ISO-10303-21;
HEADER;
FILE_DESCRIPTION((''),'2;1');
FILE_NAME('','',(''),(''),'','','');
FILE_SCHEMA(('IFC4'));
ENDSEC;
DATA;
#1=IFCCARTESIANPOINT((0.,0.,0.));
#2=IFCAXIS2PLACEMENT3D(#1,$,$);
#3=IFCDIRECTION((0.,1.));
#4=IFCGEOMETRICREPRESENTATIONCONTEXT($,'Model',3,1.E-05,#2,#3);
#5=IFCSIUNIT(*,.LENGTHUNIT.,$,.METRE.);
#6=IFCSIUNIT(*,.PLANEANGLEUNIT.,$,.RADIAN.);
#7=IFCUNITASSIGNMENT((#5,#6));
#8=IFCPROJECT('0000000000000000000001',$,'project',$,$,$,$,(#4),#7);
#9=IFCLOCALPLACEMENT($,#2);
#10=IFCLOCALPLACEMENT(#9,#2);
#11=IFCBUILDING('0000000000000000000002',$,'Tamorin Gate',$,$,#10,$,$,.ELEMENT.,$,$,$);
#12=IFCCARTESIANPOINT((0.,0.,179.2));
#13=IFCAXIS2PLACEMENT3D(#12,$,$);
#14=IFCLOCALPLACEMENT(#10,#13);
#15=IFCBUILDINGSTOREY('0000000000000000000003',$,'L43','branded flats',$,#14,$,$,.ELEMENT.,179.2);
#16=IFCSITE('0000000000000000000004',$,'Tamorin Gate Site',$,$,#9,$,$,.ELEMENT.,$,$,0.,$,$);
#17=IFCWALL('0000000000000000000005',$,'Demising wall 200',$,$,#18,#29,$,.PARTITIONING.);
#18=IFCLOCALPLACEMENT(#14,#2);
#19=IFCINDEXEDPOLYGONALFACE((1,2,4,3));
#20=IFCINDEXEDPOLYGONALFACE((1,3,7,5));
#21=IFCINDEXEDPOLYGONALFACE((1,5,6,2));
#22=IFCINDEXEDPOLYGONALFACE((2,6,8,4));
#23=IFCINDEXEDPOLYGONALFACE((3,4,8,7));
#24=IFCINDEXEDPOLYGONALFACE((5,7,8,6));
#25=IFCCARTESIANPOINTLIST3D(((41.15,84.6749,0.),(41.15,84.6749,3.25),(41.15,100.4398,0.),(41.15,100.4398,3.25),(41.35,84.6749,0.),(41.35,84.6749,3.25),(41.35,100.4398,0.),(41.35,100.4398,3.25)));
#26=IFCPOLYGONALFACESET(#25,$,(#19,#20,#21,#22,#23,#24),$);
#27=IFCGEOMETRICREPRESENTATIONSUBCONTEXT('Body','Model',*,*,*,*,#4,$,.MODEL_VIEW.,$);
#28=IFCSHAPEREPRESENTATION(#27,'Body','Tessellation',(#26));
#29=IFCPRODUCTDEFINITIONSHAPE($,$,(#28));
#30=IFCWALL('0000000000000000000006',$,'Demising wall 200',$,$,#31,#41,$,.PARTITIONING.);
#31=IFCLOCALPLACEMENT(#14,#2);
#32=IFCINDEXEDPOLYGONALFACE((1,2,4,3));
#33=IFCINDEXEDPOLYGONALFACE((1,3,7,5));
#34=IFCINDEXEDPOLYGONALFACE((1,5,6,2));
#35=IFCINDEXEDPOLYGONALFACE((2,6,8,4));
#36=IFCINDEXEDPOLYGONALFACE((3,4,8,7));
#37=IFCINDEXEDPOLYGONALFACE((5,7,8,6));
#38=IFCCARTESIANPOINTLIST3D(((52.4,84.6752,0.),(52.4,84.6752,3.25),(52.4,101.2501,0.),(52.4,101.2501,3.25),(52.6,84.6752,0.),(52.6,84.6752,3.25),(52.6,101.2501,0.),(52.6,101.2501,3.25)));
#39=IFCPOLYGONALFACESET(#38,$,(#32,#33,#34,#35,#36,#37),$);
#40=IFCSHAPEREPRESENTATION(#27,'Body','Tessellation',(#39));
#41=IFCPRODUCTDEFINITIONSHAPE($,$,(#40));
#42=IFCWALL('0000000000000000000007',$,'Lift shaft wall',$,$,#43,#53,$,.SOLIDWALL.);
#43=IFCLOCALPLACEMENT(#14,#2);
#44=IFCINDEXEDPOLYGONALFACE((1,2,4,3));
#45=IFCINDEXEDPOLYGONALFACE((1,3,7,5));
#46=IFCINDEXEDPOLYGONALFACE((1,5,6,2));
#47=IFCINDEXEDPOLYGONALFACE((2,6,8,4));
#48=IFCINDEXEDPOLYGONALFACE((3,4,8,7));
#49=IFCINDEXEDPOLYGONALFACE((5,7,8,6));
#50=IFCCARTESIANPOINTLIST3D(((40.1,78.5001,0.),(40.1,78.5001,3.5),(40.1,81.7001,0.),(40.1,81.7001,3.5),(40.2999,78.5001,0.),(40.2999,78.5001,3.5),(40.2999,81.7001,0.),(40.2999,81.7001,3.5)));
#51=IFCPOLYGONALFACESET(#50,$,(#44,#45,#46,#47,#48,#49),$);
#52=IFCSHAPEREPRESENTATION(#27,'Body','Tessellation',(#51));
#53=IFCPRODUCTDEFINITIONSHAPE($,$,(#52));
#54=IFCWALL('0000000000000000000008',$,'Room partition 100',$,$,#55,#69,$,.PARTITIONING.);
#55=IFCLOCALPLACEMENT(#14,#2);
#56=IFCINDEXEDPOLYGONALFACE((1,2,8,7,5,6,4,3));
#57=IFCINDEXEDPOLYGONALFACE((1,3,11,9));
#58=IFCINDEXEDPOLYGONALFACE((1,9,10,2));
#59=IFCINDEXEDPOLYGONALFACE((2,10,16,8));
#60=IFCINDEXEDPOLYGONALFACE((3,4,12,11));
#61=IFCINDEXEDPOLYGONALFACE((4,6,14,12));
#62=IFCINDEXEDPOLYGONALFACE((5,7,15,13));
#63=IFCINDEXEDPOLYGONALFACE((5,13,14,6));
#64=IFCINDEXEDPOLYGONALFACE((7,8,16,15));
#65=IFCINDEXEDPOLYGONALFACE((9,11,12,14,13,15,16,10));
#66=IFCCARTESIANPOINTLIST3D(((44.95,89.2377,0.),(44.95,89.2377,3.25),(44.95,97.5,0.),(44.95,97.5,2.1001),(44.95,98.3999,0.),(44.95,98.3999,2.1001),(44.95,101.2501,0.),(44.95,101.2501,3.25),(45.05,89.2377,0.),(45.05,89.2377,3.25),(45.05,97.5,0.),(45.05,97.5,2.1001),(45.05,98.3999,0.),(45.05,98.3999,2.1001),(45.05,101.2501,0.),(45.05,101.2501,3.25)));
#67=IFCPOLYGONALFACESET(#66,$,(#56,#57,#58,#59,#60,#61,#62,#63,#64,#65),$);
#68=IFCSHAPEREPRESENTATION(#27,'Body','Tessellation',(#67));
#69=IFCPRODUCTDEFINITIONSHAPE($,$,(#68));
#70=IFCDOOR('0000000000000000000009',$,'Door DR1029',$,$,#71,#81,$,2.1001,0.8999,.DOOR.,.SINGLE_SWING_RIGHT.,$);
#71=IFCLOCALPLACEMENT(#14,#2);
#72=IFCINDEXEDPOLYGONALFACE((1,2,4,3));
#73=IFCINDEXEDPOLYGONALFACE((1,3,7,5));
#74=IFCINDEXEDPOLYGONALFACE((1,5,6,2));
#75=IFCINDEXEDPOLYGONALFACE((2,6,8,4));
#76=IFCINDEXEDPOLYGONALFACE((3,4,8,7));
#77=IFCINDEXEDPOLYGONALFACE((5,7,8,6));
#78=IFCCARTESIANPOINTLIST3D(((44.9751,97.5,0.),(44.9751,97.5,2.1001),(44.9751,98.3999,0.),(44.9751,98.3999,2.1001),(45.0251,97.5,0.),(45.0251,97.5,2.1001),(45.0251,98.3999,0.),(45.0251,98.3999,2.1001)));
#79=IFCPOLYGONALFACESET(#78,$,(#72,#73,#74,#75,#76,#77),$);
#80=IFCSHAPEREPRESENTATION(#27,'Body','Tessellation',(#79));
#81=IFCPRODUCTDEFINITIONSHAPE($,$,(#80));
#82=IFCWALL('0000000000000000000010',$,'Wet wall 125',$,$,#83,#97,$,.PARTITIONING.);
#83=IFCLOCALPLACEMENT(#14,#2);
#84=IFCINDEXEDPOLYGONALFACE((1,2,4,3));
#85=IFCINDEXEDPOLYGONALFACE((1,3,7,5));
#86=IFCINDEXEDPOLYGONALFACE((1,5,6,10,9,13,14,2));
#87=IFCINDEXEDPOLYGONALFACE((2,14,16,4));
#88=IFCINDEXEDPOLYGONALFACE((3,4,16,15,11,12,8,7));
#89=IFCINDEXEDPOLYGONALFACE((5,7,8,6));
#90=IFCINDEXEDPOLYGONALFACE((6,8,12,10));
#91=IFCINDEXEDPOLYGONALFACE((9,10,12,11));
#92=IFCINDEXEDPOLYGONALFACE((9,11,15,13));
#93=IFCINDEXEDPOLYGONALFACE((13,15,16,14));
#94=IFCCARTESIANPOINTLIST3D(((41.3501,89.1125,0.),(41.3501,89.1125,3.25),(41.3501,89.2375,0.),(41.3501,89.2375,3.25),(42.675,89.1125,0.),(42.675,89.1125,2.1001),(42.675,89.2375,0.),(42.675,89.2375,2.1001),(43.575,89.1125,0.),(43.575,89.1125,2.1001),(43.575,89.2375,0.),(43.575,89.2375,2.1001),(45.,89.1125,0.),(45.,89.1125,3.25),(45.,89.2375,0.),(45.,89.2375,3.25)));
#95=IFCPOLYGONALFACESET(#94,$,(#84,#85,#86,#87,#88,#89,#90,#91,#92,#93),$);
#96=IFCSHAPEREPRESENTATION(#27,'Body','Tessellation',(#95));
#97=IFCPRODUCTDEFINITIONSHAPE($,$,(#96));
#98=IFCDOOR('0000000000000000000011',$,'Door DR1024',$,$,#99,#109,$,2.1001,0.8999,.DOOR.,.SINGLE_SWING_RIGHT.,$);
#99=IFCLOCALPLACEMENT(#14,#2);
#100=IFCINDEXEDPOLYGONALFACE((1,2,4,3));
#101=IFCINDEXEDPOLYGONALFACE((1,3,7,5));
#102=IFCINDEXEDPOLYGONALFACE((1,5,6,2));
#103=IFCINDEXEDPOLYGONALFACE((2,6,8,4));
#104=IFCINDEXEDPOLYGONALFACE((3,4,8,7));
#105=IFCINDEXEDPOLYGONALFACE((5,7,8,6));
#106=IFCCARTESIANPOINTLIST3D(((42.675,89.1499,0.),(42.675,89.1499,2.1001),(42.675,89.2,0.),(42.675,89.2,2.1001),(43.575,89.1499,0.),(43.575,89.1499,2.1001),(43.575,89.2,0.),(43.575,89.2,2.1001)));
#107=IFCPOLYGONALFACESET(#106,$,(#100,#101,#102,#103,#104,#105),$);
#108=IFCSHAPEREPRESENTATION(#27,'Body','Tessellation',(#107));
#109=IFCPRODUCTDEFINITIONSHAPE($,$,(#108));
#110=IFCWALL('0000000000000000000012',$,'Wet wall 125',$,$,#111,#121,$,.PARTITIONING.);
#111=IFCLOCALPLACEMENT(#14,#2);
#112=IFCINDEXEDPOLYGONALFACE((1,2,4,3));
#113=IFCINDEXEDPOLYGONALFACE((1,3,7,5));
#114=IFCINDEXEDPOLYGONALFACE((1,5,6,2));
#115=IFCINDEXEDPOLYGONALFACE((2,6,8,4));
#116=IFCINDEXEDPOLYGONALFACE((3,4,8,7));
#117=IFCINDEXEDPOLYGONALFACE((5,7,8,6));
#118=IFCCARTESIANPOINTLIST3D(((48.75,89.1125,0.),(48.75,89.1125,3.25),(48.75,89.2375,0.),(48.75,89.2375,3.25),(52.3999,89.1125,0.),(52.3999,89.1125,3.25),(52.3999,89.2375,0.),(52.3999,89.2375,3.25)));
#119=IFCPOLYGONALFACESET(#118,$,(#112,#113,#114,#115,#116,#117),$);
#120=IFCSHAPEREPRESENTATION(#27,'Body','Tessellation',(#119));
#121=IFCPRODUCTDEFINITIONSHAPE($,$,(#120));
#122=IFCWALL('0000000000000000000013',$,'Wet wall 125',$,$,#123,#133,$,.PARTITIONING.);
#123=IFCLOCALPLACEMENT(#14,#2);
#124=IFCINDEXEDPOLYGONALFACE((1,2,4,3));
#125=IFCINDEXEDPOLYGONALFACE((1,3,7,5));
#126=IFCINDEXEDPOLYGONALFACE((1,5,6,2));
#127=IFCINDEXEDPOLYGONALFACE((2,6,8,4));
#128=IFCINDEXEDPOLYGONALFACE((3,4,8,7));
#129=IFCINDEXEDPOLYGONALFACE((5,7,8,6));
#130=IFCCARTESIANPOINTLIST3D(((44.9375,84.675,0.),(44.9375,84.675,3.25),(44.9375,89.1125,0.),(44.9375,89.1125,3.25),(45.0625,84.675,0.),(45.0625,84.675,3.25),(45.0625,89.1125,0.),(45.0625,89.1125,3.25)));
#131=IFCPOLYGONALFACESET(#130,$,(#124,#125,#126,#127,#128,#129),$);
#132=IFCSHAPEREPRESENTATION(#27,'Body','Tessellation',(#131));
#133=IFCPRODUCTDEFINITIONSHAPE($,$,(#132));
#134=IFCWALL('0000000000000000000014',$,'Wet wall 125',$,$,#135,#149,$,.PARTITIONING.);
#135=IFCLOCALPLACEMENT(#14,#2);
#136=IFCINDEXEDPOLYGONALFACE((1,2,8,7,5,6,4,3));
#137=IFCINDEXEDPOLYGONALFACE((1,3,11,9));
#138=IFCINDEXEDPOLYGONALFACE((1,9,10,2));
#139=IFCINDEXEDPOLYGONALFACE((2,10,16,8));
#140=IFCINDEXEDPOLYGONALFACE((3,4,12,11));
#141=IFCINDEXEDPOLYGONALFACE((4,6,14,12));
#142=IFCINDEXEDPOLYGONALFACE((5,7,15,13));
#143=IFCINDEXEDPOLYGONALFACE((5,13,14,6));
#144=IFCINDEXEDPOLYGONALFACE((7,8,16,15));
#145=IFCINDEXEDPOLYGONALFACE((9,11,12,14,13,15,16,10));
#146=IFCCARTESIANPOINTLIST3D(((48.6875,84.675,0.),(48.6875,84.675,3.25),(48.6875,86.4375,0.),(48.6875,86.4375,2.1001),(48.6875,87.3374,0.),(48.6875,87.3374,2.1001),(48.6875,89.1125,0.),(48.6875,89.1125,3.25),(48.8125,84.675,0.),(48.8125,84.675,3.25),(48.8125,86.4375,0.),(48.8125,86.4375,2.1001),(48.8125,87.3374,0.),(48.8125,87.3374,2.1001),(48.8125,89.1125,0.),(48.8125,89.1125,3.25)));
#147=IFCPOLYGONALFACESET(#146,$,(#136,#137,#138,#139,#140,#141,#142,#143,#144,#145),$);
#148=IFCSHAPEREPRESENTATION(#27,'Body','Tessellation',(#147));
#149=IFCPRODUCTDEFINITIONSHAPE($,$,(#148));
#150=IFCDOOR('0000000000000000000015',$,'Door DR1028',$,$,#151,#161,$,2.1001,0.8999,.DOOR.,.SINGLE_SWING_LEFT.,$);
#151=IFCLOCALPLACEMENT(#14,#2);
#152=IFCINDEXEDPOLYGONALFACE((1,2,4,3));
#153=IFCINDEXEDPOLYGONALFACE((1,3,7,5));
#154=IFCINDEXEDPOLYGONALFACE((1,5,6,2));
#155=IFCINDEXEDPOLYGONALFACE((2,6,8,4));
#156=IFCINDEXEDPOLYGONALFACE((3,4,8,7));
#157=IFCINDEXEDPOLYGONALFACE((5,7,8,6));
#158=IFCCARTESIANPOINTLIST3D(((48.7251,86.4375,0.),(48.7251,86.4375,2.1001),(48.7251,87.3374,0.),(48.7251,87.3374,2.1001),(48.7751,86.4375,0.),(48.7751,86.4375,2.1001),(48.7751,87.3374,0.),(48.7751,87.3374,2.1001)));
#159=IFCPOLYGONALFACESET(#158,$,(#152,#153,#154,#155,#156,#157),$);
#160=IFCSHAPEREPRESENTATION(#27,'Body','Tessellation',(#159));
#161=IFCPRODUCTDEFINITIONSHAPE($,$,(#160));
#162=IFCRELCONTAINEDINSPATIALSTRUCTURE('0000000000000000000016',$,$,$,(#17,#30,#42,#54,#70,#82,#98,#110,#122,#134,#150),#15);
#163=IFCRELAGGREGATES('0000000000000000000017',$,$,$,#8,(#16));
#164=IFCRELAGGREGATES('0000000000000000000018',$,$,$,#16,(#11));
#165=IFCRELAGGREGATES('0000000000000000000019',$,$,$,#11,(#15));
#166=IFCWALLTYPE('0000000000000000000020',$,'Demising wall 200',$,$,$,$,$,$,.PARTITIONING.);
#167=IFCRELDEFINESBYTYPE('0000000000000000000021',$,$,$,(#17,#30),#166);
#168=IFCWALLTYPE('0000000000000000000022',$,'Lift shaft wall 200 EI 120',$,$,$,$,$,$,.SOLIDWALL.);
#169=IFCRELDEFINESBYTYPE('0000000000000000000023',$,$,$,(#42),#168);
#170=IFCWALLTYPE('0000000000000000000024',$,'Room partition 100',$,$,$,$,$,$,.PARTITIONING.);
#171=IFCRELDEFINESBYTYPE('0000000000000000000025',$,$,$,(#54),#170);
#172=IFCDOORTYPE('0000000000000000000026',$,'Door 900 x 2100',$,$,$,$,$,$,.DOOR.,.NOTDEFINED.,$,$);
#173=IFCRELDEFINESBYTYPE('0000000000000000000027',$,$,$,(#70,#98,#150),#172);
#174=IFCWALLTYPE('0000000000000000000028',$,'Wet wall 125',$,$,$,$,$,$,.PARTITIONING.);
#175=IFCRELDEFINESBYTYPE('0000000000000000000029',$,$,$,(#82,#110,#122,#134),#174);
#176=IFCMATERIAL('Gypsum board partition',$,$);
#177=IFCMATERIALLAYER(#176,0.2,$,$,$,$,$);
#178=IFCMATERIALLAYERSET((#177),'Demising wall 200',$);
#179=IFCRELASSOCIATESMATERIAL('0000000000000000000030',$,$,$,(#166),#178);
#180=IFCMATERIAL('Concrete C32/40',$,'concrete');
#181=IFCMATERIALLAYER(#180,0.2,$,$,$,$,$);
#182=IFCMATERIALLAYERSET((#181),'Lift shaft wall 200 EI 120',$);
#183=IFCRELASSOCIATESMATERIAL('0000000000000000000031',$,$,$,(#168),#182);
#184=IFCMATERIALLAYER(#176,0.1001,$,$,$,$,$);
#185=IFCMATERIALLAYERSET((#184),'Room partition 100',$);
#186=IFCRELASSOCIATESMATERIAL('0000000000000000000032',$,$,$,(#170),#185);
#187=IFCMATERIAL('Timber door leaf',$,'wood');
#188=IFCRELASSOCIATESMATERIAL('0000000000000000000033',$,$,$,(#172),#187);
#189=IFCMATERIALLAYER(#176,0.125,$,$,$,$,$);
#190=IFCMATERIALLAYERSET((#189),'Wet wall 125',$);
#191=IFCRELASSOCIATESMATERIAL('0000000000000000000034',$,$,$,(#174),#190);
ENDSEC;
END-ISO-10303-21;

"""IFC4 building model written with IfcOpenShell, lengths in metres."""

from ifc_helpers import new_model, si_unit, direction, frame, frame_2d, origin, place, context, subcontext, project, spatial, rectangle, extrude, material, layer, layer_set, type_object, element, fill, save


model = new_model("IFC4")

# Units and contexts
model_context = context("Model", 3, precision=1e-05, world=origin(), true_north=direction((0.0, 1.0)))
body_context = subcontext(model_context, "Body", "Model", "MODEL_VIEW")
ifc_project = project(units=[si_unit("LENGTHUNIT", "METRE"), si_unit("PLANEANGLEUNIT", "RADIAN")], contexts=[model_context])

# Site, building, storey
site_placement = place(None, origin())
site = spatial("IfcSite", under=ifc_project, at=site_placement, Name="Tamorin Gate Site", CompositionType="ELEMENT", RefElevation=0.0)
building_placement = place(site_placement, origin())
building = spatial("IfcBuilding", under=site, at=building_placement, Name="Tamorin Gate", CompositionType="ELEMENT")
storey_placement = place(building_placement, frame((0.0, 0.0, 179.2)))
storey = spatial("IfcBuildingStorey", under=building, at=storey_placement, Name="L43", Description="branded flats", CompositionType="ELEMENT", Elevation=179.2)

# Walls
ifc_material_1 = material(Name="Gypsum board partition")
ifc_layer_1 = layer(ifc_material_1, 0.2)
ifc_layer_set_1 = layer_set([ifc_layer_1], Name="Demising wall 200")
wall_type_1 = type_object("IfcWallType", Name="Demising wall 200", PredefinedType="PARTITIONING", material=ifc_layer_set_1)
wall_1_placement = place(storey_placement, frame((41.25, 84.675, 0.0), z_axis=(0.0, 0.0, 1.0), x_axis=(0.0, 1.0, 0.0)))
element("IfcWall", 1, at=wall_1_placement, inside=storey, type_object=wall_type_1, Name="Demising wall 200", PredefinedType="PARTITIONING", context=body_context, shape_type="SweptSolid", body=[
    extrude(rectangle(XDim=15.7649, YDim=0.2, at=frame_2d((7.8823, 0.0))), origin(), (0.0, 0.0, 1.0), 3.25),
])
wall_2_placement = place(storey_placement, frame((52.5, 84.675, 0.0), z_axis=(0.0, 0.0, 1.0), x_axis=(0.0, 1.0, 0.0)))
element("IfcWall", 2, at=wall_2_placement, inside=storey, type_object=wall_type_1, Name="Demising wall 200", PredefinedType="PARTITIONING", context=body_context, shape_type="SweptSolid", body=[
    extrude(rectangle(XDim=16.575, YDim=0.2, at=frame_2d((8.2876, 0.0))), origin(), (0.0, 0.0, 1.0), 3.25),
])
ifc_material_2 = material(Name="Concrete C32/40", Category="concrete")
ifc_layer_2 = layer(ifc_material_2, 0.2)
ifc_layer_set_2 = layer_set([ifc_layer_2], Name="Lift shaft wall 200 EI 120")
wall_type_2 = type_object("IfcWallType", Name="Lift shaft wall 200 EI 120", PredefinedType="SOLIDWALL", material=ifc_layer_set_2)
wall_3_placement = place(storey_placement, frame((40.2, 78.5, 0.0), z_axis=(0.0, 0.0, 1.0), x_axis=(0.0, 1.0, 0.0)))
element("IfcWall", 3, at=wall_3_placement, inside=storey, type_object=wall_type_2, Name="Lift shaft wall", PredefinedType="SOLIDWALL", context=body_context, shape_type="SweptSolid", body=[
    extrude(rectangle(XDim=3.2, YDim=0.2, at=frame_2d((1.6001, 0.0))), origin(), (0.0, 0.0, 1.0), 3.5),
])

# Walls, openings, doors
ifc_layer_3 = layer(ifc_material_1, 0.1001)
ifc_layer_set_3 = layer_set([ifc_layer_3], Name="Room partition 100")
wall_type_3 = type_object("IfcWallType", Name="Room partition 100", PredefinedType="PARTITIONING", material=ifc_layer_set_3)
wall_4_placement = place(storey_placement, frame((45.0, 89.2375, 0.0), z_axis=(0.0, 0.0, 1.0), x_axis=(0.0, 1.0, 0.0)))
wall_4 = element("IfcWall", 4, at=wall_4_placement, inside=storey, type_object=wall_type_3, Name="Room partition 100", PredefinedType="PARTITIONING", context=body_context, shape_type="SweptSolid", body=[
    extrude(rectangle(XDim=12.0125, YDim=0.1001, at=frame_2d((6.0063, 0.0))), origin(), (0.0, 0.0, 1.0), 3.25),
])
opening_1_placement = place(wall_4_placement, frame((8.2625, 0.0, 0.0)))
opening_1 = element("IfcOpeningElement", 5, at=opening_1_placement, cuts=wall_4, PredefinedType="OPENING", context=body_context, shape_type="SweptSolid", body=[
    extrude(rectangle(XDim=0.8999, YDim=2.1001, at=frame_2d((0.45, 1.05))), frame((0.0, 0.0601, 0.0), z_axis=(0.0, -1.0, 0.0), x_axis=(1.0, 0.0, 0.0)), (0.0, 0.0, 1.0), 0.1201),
])
ifc_material_3 = material(Name="Timber door leaf", Category="wood")
door_type = type_object("IfcDoorType", Name="Door 900 x 2100", OperationType="NOTDEFINED", PredefinedType="DOOR", material=ifc_material_3)
door_1_placement = place(opening_1_placement, origin())
door_1 = element("IfcDoor", 6, at=door_1_placement, inside=storey, type_object=door_type, Name="Door DR1029", OperationType="SINGLE_SWING_RIGHT", OverallHeight=2.1001, OverallWidth=0.8999, PredefinedType="DOOR", context=body_context, shape_type="SweptSolid", body=[
    extrude(rectangle(XDim=0.8999, YDim=2.1001, at=frame_2d((0.45, 1.05))), frame((0.0, 0.0249, 0.0), z_axis=(0.0, -1.0, 0.0), x_axis=(1.0, 0.0, 0.0)), (0.0, 0.0, 1.0), 0.05),
])
fill(opening_1, door_1)
ifc_layer_4 = layer(ifc_material_1, 0.125)
ifc_layer_set_4 = layer_set([ifc_layer_4], Name="Wet wall 125")
wall_type_4 = type_object("IfcWallType", Name="Wet wall 125", PredefinedType="PARTITIONING", material=ifc_layer_set_4)
wall_5_placement = place(storey_placement, frame((41.3501, 89.175, 0.0), z_axis=(0.0, 0.0, 1.0), x_axis=(1.0, 0.0, 0.0)))
wall_5 = element("IfcWall", 7, at=wall_5_placement, inside=storey, type_object=wall_type_4, Name="Wet wall 125", PredefinedType="PARTITIONING", context=body_context, shape_type="SweptSolid", body=[
    extrude(rectangle(XDim=3.6499, YDim=0.125, at=frame_2d((1.825, 0.0))), origin(), (0.0, 0.0, 1.0), 3.25),
])
opening_2_placement = place(wall_5_placement, frame((1.325, 0.0, 0.0)))
opening_2 = element("IfcOpeningElement", 8, at=opening_2_placement, cuts=wall_5, PredefinedType="OPENING", context=body_context, shape_type="SweptSolid", body=[
    extrude(rectangle(XDim=0.8999, YDim=2.1001, at=frame_2d((0.45, 1.05))), frame((0.0, 0.0725, 0.0), z_axis=(0.0, -1.0, 0.0), x_axis=(1.0, 0.0, 0.0)), (0.0, 0.0, 1.0), 0.145),
])
door_2_placement = place(opening_2_placement, origin())
door_2 = element("IfcDoor", 9, at=door_2_placement, inside=storey, type_object=door_type, Name="Door DR1024", OperationType="SINGLE_SWING_RIGHT", OverallHeight=2.1001, OverallWidth=0.8999, PredefinedType="DOOR", context=body_context, shape_type="SweptSolid", body=[
    extrude(rectangle(XDim=0.8999, YDim=2.1001, at=frame_2d((0.45, 1.05))), frame((0.0, 0.0249, 0.0), z_axis=(0.0, -1.0, 0.0), x_axis=(1.0, 0.0, 0.0)), (0.0, 0.0, 1.0), 0.05),
])
fill(opening_2, door_2)

# Walls
wall_6_placement = place(storey_placement, frame((48.75, 89.175, 0.0), z_axis=(0.0, 0.0, 1.0), x_axis=(1.0, 0.0, 0.0)))
element("IfcWall", 10, at=wall_6_placement, inside=storey, type_object=wall_type_4, Name="Wet wall 125", PredefinedType="PARTITIONING", context=body_context, shape_type="SweptSolid", body=[
    extrude(rectangle(XDim=3.6499, YDim=0.125, at=frame_2d((1.825, 0.0))), origin(), (0.0, 0.0, 1.0), 3.25),
])
wall_7_placement = place(storey_placement, frame((45.0, 84.675, 0.0), z_axis=(0.0, 0.0, 1.0), x_axis=(0.0, 1.0, 0.0)))
element("IfcWall", 11, at=wall_7_placement, inside=storey, type_object=wall_type_4, Name="Wet wall 125", PredefinedType="PARTITIONING", context=body_context, shape_type="SweptSolid", body=[
    extrude(rectangle(XDim=4.4375, YDim=0.125, at=frame_2d((2.2188, 0.0))), origin(), (0.0, 0.0, 1.0), 3.25),
])

# Wall, opening, door
wall_8_placement = place(storey_placement, frame((48.75, 84.675, 0.0), z_axis=(0.0, 0.0, 1.0), x_axis=(0.0, 1.0, 0.0)))
wall_8 = element("IfcWall", 12, at=wall_8_placement, inside=storey, type_object=wall_type_4, Name="Wet wall 125", PredefinedType="PARTITIONING", context=body_context, shape_type="SweptSolid", body=[
    extrude(rectangle(XDim=4.4375, YDim=0.125, at=frame_2d((2.2188, 0.0))), origin(), (0.0, 0.0, 1.0), 3.25),
])
opening_3_placement = place(wall_8_placement, frame((1.7625, 0.0, 0.0)))
opening_3 = element("IfcOpeningElement", 13, at=opening_3_placement, cuts=wall_8, PredefinedType="OPENING", context=body_context, shape_type="SweptSolid", body=[
    extrude(rectangle(XDim=0.8999, YDim=2.1001, at=frame_2d((0.45, 1.05))), frame((0.0, 0.0725, 0.0), z_axis=(0.0, -1.0, 0.0), x_axis=(1.0, 0.0, 0.0)), (0.0, 0.0, 1.0), 0.145),
])
door_3_placement = place(opening_3_placement, origin())
door_3 = element("IfcDoor", 14, at=door_3_placement, inside=storey, type_object=door_type, Name="Door DR1028", OperationType="SINGLE_SWING_LEFT", OverallHeight=2.1001, OverallWidth=0.8999, PredefinedType="DOOR", context=body_context, shape_type="SweptSolid", body=[
    extrude(rectangle(XDim=0.8999, YDim=2.1001, at=frame_2d((0.45, 1.05))), frame((0.0, 0.0249, 0.0), z_axis=(0.0, -1.0, 0.0), x_axis=(1.0, 0.0, 0.0)), (0.0, 0.0, 1.0), 0.05),
])
fill(opening_3, door_3)

save(model, "model.ifc")
